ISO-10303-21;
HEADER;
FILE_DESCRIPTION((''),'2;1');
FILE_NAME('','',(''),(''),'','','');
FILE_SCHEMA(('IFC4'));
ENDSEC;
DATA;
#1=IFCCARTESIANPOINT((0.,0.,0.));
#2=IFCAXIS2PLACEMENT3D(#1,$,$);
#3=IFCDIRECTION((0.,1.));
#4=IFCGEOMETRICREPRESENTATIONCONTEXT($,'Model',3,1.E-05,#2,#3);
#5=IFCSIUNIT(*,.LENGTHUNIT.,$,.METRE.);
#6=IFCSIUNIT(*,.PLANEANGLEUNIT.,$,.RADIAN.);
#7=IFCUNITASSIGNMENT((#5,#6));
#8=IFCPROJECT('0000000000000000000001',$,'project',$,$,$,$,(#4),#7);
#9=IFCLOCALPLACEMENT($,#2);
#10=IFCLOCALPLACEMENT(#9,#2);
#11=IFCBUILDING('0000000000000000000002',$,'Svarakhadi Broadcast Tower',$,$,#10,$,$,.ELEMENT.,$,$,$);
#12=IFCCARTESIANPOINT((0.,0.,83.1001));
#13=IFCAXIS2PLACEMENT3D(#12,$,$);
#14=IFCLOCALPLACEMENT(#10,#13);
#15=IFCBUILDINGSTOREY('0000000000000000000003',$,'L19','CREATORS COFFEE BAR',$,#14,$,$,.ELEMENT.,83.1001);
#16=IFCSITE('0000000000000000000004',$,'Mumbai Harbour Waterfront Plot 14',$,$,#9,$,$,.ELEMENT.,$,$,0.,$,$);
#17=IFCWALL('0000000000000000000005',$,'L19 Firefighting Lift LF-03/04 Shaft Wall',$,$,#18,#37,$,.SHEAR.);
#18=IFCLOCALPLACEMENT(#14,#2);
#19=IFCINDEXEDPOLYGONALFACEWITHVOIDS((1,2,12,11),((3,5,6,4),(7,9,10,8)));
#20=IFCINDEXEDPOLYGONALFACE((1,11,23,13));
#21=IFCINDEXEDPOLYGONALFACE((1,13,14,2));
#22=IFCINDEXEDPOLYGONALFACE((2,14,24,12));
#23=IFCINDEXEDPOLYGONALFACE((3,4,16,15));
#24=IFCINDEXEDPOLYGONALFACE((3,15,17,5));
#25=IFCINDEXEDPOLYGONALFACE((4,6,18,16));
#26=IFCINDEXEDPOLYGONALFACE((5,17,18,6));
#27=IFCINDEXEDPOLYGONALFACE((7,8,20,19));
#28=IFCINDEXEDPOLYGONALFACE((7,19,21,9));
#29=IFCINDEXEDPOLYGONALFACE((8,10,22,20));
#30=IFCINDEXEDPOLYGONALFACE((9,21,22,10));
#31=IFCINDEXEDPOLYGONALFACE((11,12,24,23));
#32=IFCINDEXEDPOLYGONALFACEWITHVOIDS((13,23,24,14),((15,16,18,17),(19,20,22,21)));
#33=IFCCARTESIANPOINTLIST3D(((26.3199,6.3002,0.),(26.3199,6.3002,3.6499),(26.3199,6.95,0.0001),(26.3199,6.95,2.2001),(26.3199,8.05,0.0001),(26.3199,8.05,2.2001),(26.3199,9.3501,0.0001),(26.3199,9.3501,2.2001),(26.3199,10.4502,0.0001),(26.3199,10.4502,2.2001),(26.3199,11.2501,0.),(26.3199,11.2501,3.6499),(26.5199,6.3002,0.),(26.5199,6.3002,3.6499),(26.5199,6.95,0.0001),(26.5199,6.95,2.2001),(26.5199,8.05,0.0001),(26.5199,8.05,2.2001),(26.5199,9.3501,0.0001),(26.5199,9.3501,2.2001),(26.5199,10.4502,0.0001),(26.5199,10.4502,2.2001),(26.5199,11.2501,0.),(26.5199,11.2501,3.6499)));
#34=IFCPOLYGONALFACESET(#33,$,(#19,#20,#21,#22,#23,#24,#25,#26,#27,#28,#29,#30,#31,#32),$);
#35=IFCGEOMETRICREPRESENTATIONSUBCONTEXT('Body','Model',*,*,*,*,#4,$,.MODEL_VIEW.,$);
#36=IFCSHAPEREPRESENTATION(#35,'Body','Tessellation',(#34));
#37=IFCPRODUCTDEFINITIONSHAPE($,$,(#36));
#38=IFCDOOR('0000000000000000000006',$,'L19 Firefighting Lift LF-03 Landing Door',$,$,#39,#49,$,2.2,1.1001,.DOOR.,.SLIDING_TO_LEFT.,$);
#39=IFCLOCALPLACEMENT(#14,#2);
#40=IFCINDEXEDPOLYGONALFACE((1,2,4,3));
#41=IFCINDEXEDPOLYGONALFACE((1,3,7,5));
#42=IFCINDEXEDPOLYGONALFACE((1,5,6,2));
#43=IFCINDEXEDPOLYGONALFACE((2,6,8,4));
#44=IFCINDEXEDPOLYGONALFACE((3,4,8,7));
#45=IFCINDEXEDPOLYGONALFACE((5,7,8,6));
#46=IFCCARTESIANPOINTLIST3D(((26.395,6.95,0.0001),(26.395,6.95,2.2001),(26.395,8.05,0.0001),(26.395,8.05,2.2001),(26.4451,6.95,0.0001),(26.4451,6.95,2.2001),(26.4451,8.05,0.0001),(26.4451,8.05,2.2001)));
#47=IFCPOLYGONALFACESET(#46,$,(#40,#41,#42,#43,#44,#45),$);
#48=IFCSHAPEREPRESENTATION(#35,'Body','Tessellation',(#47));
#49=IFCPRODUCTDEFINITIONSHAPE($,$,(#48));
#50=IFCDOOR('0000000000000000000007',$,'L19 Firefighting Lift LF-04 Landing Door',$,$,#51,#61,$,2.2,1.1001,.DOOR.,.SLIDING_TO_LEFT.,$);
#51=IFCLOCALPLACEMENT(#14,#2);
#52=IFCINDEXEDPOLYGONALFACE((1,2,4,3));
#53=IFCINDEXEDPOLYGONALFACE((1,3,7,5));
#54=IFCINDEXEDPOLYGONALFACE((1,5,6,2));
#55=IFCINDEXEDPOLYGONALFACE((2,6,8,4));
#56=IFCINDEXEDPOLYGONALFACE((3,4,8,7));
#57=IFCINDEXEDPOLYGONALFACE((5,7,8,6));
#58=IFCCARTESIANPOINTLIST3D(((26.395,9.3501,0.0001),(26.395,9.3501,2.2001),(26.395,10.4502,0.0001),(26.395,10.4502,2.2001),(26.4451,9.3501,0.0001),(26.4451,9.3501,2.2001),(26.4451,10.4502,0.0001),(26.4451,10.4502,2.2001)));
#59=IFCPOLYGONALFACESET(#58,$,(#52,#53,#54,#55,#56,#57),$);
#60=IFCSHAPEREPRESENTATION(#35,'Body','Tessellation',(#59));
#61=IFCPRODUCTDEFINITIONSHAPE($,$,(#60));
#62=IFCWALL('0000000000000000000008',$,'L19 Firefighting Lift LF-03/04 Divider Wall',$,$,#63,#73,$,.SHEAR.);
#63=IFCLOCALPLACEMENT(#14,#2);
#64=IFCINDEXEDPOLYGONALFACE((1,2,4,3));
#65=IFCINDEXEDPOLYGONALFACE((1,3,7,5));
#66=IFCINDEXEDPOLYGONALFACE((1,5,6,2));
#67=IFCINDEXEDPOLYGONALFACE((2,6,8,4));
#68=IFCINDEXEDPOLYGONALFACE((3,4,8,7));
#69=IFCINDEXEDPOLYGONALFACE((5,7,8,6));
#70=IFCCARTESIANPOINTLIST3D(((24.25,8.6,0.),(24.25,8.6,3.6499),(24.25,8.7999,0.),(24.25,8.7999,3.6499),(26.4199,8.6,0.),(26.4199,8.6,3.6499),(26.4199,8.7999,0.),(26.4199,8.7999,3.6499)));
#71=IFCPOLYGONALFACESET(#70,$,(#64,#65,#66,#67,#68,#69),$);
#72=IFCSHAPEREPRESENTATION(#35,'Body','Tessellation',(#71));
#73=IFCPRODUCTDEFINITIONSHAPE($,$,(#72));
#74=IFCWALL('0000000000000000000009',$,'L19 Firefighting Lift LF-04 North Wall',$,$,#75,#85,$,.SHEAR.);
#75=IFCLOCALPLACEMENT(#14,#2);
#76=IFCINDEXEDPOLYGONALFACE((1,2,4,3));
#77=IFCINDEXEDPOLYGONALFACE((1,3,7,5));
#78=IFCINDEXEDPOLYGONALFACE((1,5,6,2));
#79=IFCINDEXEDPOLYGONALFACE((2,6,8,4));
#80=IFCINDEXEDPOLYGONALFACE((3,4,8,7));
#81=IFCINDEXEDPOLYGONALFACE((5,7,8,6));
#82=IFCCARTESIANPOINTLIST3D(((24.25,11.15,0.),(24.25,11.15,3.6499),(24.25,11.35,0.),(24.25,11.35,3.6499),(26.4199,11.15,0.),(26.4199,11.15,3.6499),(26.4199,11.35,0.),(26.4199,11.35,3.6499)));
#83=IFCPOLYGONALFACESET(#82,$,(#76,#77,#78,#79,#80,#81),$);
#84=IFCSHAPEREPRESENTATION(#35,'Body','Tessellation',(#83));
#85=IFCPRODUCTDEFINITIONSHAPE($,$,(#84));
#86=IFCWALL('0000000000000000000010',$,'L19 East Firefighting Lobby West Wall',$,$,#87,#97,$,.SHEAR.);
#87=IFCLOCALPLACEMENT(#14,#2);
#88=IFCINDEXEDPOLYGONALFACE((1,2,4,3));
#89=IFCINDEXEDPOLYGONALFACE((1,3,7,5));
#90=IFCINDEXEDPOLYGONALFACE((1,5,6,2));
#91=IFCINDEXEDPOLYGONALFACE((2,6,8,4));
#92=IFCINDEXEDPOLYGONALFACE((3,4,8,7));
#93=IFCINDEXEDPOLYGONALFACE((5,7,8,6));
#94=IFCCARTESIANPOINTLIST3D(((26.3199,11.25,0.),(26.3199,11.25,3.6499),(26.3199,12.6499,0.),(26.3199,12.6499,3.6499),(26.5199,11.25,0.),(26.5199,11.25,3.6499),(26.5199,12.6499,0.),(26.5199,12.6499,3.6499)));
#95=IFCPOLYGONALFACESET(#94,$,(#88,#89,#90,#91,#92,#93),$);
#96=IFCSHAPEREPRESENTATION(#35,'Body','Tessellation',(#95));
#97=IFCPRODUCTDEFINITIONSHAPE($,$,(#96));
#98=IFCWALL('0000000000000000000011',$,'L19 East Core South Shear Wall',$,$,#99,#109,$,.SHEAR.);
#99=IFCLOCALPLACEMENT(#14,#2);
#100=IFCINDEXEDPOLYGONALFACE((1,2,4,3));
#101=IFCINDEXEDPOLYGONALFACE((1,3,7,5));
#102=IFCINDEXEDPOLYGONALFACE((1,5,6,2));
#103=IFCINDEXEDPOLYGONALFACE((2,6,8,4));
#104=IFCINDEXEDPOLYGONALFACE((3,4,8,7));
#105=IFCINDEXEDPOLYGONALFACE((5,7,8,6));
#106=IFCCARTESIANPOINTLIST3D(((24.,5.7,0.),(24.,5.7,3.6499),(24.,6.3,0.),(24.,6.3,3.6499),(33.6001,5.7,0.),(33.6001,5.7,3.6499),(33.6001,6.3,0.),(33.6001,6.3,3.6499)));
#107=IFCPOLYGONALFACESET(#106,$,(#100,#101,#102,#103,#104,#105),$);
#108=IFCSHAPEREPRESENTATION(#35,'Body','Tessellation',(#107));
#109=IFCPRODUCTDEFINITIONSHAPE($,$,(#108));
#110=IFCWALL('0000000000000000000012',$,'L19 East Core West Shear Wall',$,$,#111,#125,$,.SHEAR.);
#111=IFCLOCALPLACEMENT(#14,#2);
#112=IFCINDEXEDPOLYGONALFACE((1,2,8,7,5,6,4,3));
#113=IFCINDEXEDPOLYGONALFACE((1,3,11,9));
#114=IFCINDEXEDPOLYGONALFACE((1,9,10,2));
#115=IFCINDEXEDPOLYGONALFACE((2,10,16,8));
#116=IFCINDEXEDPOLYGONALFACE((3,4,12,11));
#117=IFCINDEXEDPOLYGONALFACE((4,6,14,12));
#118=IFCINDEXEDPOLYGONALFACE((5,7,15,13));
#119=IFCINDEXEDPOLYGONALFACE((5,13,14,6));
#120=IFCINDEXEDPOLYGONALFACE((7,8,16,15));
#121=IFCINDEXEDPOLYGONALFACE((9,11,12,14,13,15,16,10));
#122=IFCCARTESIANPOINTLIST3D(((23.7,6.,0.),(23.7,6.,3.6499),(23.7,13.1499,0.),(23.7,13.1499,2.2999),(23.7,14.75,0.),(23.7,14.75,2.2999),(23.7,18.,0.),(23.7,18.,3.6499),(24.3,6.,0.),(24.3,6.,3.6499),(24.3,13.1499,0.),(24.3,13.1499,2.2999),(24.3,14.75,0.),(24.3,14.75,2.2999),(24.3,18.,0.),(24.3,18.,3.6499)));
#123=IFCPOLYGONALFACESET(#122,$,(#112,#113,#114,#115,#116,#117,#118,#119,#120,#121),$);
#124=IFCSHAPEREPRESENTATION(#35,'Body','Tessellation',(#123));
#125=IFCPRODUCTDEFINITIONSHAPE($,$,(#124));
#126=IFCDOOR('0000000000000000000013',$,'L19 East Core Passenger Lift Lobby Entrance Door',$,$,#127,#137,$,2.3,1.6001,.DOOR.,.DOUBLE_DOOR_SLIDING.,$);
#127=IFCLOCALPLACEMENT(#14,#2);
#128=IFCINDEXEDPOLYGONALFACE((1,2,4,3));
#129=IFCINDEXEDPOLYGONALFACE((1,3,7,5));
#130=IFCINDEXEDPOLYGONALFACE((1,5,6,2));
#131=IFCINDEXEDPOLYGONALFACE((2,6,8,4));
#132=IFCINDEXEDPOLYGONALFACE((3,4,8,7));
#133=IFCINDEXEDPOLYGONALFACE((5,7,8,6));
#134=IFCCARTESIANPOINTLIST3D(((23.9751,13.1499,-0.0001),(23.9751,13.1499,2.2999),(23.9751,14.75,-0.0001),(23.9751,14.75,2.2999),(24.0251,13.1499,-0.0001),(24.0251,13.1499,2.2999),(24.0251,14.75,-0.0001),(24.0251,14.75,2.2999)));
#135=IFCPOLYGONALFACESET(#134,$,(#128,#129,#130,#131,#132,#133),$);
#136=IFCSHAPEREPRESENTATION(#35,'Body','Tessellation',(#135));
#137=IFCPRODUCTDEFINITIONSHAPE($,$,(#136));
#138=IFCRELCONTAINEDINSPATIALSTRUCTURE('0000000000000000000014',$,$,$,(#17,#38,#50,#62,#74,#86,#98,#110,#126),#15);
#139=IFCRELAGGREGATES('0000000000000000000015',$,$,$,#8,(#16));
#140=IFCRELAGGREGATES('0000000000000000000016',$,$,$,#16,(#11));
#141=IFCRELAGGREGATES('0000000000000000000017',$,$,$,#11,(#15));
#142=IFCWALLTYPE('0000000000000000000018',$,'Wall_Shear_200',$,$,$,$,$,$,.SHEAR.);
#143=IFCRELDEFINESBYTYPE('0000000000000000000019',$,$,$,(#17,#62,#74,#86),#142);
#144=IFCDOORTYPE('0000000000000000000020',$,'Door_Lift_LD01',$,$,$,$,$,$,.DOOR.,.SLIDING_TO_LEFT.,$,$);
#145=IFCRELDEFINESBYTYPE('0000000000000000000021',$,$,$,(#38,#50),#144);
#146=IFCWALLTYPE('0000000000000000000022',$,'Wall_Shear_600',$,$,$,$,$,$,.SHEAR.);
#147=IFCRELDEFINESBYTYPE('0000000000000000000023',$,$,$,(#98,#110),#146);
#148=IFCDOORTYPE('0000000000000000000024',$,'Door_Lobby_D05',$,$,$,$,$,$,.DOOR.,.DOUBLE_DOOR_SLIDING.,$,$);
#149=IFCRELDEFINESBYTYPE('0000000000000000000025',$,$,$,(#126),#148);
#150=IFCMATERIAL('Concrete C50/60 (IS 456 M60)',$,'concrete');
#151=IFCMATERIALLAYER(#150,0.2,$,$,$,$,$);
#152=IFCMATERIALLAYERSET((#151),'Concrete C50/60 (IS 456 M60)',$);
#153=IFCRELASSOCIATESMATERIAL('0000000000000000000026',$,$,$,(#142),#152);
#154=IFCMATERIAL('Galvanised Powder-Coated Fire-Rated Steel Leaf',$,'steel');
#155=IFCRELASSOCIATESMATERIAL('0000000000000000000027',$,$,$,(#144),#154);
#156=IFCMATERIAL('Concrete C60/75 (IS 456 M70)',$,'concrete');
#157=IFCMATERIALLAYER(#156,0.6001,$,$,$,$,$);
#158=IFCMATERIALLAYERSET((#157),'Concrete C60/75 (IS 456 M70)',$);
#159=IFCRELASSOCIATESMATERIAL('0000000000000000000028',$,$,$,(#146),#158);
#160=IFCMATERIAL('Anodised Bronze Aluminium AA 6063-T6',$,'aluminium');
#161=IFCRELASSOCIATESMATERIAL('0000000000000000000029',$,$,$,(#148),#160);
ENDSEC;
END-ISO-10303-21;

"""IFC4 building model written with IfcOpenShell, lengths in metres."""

from ifc_helpers import new_model, si_unit, direction, frame, frame_2d, origin, place, context, subcontext, project, spatial, rectangle, extrude, material, layer, layer_set, type_object, element, fill, save


model = new_model("IFC4")

# Units and contexts
model_context = context("Model", 3, precision=1e-05, world=origin(), true_north=direction((0.0, 1.0)))
body_context = subcontext(model_context, "Body", "Model", "MODEL_VIEW")
ifc_project = project(units=[si_unit("LENGTHUNIT", "METRE"), si_unit("PLANEANGLEUNIT", "RADIAN")], contexts=[model_context])

# Site, building, storey
site_placement = place(None, origin())
site = spatial("IfcSite", under=ifc_project, at=site_placement, Name="Mumbai Harbour Waterfront Plot 14", CompositionType="ELEMENT", RefElevation=0.0)
building_placement = place(site_placement, origin())
building = spatial("IfcBuilding", under=site, at=building_placement, Name="Svarakhadi Broadcast Tower", CompositionType="ELEMENT")
storey_placement = place(building_placement, frame((0.0, 0.0, 83.1001)))
storey = spatial("IfcBuildingStorey", under=building, at=storey_placement, Name="L19", Description="CREATORS COFFEE BAR", CompositionType="ELEMENT", Elevation=83.1001)

# Shared definitions
ifc_material_1 = material(Name="Concrete C60/75 (IS 456 M70)", Category="concrete")

# Wall, openings, doors
ifc_material_2 = material(Name="Concrete C50/60 (IS 456 M60)", Category="concrete")
ifc_layer_1 = layer(ifc_material_2, 0.2)
ifc_layer_set_1 = layer_set([ifc_layer_1], Name="Concrete C50/60 (IS 456 M60)")
wall_type_1 = type_object("IfcWallType", Name="Wall_Shear_200", PredefinedType="SHEAR", material=ifc_layer_set_1)
wall_1_placement = place(storey_placement, frame((26.4199, 6.3, 0.0), z_axis=(0.0, 0.0, 1.0), x_axis=(0.0, 1.0, 0.0)))
wall_1 = element("IfcWall", 1, at=wall_1_placement, inside=storey, type_object=wall_type_1, Name="L19 Firefighting Lift LF-03/04 Shaft Wall", PredefinedType="SHEAR", context=body_context, shape_type="SweptSolid", body=[
    extrude(rectangle(XDim=4.95, YDim=0.2, at=frame_2d((2.4751, 0.0))), origin(), (0.0, 0.0, 1.0), 3.6499),
])
opening_1_placement = place(wall_1_placement, frame((0.6499, 0.0, 0.0)))
opening_1 = element("IfcOpeningElement", 2, at=opening_1_placement, cuts=wall_1, PredefinedType="OPENING", context=body_context, shape_type="SweptSolid", body=[
    extrude(rectangle(XDim=1.1001, YDim=2.2, at=frame_2d((0.55, 1.1001))), frame((0.0, 0.1099, 0.0), z_axis=(0.0, -1.0, 0.0), x_axis=(1.0, 0.0, 0.0)), (0.0, 0.0, 1.0), 0.22),
])
opening_2_placement = place(wall_1_placement, frame((3.05, 0.0, 0.0)))
opening_2 = element("IfcOpeningElement", 3, at=opening_2_placement, cuts=wall_1, PredefinedType="OPENING", context=body_context, shape_type="SweptSolid", body=[
    extrude(rectangle(XDim=1.1001, YDim=2.2, at=frame_2d((0.55, 1.1001))), frame((0.0, 0.1099, 0.0), z_axis=(0.0, -1.0, 0.0), x_axis=(1.0, 0.0, 0.0)), (0.0, 0.0, 1.0), 0.22),
])
ifc_material_3 = material(Name="Galvanised Powder-Coated Fire-Rated Steel Leaf", Category="steel")
door_type_1 = type_object("IfcDoorType", Name="Door_Lift_LD01", OperationType="SLIDING_TO_LEFT", PredefinedType="DOOR", material=ifc_material_3)
door_1_placement = place(opening_1_placement, origin())
door_1 = element("IfcDoor", 4, at=door_1_placement, inside=storey, type_object=door_type_1, Name="L19 Firefighting Lift LF-03 Landing Door", OperationType="SLIDING_TO_LEFT", OverallHeight=2.2, OverallWidth=1.1001, PredefinedType="DOOR", context=body_context, shape_type="SweptSolid", body=[
    extrude(rectangle(XDim=1.1001, YDim=2.2, at=frame_2d((0.55, 1.1001))), frame((0.0, 0.0249, 0.0), z_axis=(0.0, -1.0, 0.0), x_axis=(1.0, 0.0, 0.0)), (0.0, 0.0, 1.0), 0.05),
])
fill(opening_1, door_1)
door_2_placement = place(opening_2_placement, origin())
door_2 = element("IfcDoor", 5, at=door_2_placement, inside=storey, type_object=door_type_1, Name="L19 Firefighting Lift LF-04 Landing Door", OperationType="SLIDING_TO_LEFT", OverallHeight=2.2, OverallWidth=1.1001, PredefinedType="DOOR", context=body_context, shape_type="SweptSolid", body=[
    extrude(rectangle(XDim=1.1001, YDim=2.2, at=frame_2d((0.55, 1.1001))), frame((0.0, 0.0249, 0.0), z_axis=(0.0, -1.0, 0.0), x_axis=(1.0, 0.0, 0.0)), (0.0, 0.0, 1.0), 0.05),
])
fill(opening_2, door_2)

# Walls
for number, where, z_axis, x_axis, name in (
    (6, (24.25, 8.7, 0.0), (0.0, 0.0, 1.0), (1.0, 0.0, 0.0), "L19 Firefighting Lift LF-03/04 Divider Wall"),
    (7, (24.25, 11.25, 0.0), (0.0, 0.0, 1.0), (1.0, 0.0, 0.0), "L19 Firefighting Lift LF-04 North Wall"),
):
    element("IfcWall", number, at=place(storey_placement, frame(where, z_axis=z_axis, x_axis=x_axis)), inside=storey, type_object=wall_type_1, Name=name, PredefinedType="SHEAR", context=body_context, shape_type="SweptSolid", body=[
        extrude(rectangle(XDim=2.1699, YDim=0.2, at=frame_2d((1.085, 0.0))), origin(), (0.0, 0.0, 1.0), 3.6499),
    ])
wall_2_placement = place(storey_placement, frame((26.4199, 11.25, 0.0), z_axis=(0.0, 0.0, 1.0), x_axis=(0.0, 1.0, 0.0)))
element("IfcWall", 8, at=wall_2_placement, inside=storey, type_object=wall_type_1, Name="L19 East Firefighting Lobby West Wall", PredefinedType="SHEAR", context=body_context, shape_type="SweptSolid", body=[
    extrude(rectangle(XDim=1.3999, YDim=0.2, at=frame_2d((0.7, 0.0))), origin(), (0.0, 0.0, 1.0), 3.6499),
])
ifc_layer_2 = layer(ifc_material_1, 0.6001)
ifc_layer_set_2 = layer_set([ifc_layer_2], Name="Concrete C60/75 (IS 456 M70)")
wall_type_2 = type_object("IfcWallType", Name="Wall_Shear_600", PredefinedType="SHEAR", material=ifc_layer_set_2)
wall_3_placement = place(storey_placement, frame((24.0, 6.0, 0.0), z_axis=(0.0, 0.0, 1.0), x_axis=(1.0, 0.0, 0.0)))
element("IfcWall", 9, at=wall_3_placement, inside=storey, type_object=wall_type_2, Name="L19 East Core South Shear Wall", PredefinedType="SHEAR", context=body_context, shape_type="SweptSolid", body=[
    extrude(rectangle(XDim=9.6001, YDim=0.6001, at=frame_2d((4.8, 0.0))), origin(), (0.0, 0.0, 1.0), 3.6499),
])

# Wall, opening, door
wall_4_placement = place(storey_placement, frame((24.0, 6.0, 0.0), z_axis=(0.0, 0.0, 1.0), x_axis=(0.0, 1.0, 0.0)))
wall_4 = element("IfcWall", 10, at=wall_4_placement, inside=storey, type_object=wall_type_2, Name="L19 East Core West Shear Wall", PredefinedType="SHEAR", context=body_context, shape_type="SweptSolid", body=[
    extrude(rectangle(XDim=12.0, YDim=0.6001, at=frame_2d((6.0, 0.0))), origin(), (0.0, 0.0, 1.0), 3.6499),
])
opening_3_placement = place(wall_4_placement, frame((7.1499, 0.0, 0.0)))
opening_3 = element("IfcOpeningElement", 11, at=opening_3_placement, cuts=wall_4, PredefinedType="OPENING", context=body_context, shape_type="SweptSolid", body=[
    extrude(rectangle(XDim=1.6001, YDim=2.3, at=frame_2d((0.8, 1.1499))), frame((0.0, 0.3101, 0.0), z_axis=(0.0, -1.0, 0.0), x_axis=(1.0, 0.0, 0.0)), (0.0, 0.0, 1.0), 0.6201),
])
ifc_material_4 = material(Name="Anodised Bronze Aluminium AA 6063-T6", Category="aluminium")
door_type_2 = type_object("IfcDoorType", Name="Door_Lobby_D05", OperationType="DOUBLE_DOOR_SLIDING", PredefinedType="DOOR", material=ifc_material_4)
door_3_placement = place(opening_3_placement, origin())
door_3 = element("IfcDoor", 12, at=door_3_placement, inside=storey, type_object=door_type_2, Name="L19 East Core Passenger Lift Lobby Entrance Door", OperationType="DOUBLE_DOOR_SLIDING", OverallHeight=2.3, OverallWidth=1.6001, PredefinedType="DOOR", context=body_context, shape_type="SweptSolid", body=[
    extrude(rectangle(XDim=1.6001, YDim=2.3, at=frame_2d((0.8, 1.1499))), frame((0.0, 0.0249, 0.0), z_axis=(0.0, -1.0, 0.0), x_axis=(1.0, 0.0, 0.0)), (0.0, 0.0, 1.0), 0.05),
])
fill(opening_3, door_3)

save(model, "model.ifc")
